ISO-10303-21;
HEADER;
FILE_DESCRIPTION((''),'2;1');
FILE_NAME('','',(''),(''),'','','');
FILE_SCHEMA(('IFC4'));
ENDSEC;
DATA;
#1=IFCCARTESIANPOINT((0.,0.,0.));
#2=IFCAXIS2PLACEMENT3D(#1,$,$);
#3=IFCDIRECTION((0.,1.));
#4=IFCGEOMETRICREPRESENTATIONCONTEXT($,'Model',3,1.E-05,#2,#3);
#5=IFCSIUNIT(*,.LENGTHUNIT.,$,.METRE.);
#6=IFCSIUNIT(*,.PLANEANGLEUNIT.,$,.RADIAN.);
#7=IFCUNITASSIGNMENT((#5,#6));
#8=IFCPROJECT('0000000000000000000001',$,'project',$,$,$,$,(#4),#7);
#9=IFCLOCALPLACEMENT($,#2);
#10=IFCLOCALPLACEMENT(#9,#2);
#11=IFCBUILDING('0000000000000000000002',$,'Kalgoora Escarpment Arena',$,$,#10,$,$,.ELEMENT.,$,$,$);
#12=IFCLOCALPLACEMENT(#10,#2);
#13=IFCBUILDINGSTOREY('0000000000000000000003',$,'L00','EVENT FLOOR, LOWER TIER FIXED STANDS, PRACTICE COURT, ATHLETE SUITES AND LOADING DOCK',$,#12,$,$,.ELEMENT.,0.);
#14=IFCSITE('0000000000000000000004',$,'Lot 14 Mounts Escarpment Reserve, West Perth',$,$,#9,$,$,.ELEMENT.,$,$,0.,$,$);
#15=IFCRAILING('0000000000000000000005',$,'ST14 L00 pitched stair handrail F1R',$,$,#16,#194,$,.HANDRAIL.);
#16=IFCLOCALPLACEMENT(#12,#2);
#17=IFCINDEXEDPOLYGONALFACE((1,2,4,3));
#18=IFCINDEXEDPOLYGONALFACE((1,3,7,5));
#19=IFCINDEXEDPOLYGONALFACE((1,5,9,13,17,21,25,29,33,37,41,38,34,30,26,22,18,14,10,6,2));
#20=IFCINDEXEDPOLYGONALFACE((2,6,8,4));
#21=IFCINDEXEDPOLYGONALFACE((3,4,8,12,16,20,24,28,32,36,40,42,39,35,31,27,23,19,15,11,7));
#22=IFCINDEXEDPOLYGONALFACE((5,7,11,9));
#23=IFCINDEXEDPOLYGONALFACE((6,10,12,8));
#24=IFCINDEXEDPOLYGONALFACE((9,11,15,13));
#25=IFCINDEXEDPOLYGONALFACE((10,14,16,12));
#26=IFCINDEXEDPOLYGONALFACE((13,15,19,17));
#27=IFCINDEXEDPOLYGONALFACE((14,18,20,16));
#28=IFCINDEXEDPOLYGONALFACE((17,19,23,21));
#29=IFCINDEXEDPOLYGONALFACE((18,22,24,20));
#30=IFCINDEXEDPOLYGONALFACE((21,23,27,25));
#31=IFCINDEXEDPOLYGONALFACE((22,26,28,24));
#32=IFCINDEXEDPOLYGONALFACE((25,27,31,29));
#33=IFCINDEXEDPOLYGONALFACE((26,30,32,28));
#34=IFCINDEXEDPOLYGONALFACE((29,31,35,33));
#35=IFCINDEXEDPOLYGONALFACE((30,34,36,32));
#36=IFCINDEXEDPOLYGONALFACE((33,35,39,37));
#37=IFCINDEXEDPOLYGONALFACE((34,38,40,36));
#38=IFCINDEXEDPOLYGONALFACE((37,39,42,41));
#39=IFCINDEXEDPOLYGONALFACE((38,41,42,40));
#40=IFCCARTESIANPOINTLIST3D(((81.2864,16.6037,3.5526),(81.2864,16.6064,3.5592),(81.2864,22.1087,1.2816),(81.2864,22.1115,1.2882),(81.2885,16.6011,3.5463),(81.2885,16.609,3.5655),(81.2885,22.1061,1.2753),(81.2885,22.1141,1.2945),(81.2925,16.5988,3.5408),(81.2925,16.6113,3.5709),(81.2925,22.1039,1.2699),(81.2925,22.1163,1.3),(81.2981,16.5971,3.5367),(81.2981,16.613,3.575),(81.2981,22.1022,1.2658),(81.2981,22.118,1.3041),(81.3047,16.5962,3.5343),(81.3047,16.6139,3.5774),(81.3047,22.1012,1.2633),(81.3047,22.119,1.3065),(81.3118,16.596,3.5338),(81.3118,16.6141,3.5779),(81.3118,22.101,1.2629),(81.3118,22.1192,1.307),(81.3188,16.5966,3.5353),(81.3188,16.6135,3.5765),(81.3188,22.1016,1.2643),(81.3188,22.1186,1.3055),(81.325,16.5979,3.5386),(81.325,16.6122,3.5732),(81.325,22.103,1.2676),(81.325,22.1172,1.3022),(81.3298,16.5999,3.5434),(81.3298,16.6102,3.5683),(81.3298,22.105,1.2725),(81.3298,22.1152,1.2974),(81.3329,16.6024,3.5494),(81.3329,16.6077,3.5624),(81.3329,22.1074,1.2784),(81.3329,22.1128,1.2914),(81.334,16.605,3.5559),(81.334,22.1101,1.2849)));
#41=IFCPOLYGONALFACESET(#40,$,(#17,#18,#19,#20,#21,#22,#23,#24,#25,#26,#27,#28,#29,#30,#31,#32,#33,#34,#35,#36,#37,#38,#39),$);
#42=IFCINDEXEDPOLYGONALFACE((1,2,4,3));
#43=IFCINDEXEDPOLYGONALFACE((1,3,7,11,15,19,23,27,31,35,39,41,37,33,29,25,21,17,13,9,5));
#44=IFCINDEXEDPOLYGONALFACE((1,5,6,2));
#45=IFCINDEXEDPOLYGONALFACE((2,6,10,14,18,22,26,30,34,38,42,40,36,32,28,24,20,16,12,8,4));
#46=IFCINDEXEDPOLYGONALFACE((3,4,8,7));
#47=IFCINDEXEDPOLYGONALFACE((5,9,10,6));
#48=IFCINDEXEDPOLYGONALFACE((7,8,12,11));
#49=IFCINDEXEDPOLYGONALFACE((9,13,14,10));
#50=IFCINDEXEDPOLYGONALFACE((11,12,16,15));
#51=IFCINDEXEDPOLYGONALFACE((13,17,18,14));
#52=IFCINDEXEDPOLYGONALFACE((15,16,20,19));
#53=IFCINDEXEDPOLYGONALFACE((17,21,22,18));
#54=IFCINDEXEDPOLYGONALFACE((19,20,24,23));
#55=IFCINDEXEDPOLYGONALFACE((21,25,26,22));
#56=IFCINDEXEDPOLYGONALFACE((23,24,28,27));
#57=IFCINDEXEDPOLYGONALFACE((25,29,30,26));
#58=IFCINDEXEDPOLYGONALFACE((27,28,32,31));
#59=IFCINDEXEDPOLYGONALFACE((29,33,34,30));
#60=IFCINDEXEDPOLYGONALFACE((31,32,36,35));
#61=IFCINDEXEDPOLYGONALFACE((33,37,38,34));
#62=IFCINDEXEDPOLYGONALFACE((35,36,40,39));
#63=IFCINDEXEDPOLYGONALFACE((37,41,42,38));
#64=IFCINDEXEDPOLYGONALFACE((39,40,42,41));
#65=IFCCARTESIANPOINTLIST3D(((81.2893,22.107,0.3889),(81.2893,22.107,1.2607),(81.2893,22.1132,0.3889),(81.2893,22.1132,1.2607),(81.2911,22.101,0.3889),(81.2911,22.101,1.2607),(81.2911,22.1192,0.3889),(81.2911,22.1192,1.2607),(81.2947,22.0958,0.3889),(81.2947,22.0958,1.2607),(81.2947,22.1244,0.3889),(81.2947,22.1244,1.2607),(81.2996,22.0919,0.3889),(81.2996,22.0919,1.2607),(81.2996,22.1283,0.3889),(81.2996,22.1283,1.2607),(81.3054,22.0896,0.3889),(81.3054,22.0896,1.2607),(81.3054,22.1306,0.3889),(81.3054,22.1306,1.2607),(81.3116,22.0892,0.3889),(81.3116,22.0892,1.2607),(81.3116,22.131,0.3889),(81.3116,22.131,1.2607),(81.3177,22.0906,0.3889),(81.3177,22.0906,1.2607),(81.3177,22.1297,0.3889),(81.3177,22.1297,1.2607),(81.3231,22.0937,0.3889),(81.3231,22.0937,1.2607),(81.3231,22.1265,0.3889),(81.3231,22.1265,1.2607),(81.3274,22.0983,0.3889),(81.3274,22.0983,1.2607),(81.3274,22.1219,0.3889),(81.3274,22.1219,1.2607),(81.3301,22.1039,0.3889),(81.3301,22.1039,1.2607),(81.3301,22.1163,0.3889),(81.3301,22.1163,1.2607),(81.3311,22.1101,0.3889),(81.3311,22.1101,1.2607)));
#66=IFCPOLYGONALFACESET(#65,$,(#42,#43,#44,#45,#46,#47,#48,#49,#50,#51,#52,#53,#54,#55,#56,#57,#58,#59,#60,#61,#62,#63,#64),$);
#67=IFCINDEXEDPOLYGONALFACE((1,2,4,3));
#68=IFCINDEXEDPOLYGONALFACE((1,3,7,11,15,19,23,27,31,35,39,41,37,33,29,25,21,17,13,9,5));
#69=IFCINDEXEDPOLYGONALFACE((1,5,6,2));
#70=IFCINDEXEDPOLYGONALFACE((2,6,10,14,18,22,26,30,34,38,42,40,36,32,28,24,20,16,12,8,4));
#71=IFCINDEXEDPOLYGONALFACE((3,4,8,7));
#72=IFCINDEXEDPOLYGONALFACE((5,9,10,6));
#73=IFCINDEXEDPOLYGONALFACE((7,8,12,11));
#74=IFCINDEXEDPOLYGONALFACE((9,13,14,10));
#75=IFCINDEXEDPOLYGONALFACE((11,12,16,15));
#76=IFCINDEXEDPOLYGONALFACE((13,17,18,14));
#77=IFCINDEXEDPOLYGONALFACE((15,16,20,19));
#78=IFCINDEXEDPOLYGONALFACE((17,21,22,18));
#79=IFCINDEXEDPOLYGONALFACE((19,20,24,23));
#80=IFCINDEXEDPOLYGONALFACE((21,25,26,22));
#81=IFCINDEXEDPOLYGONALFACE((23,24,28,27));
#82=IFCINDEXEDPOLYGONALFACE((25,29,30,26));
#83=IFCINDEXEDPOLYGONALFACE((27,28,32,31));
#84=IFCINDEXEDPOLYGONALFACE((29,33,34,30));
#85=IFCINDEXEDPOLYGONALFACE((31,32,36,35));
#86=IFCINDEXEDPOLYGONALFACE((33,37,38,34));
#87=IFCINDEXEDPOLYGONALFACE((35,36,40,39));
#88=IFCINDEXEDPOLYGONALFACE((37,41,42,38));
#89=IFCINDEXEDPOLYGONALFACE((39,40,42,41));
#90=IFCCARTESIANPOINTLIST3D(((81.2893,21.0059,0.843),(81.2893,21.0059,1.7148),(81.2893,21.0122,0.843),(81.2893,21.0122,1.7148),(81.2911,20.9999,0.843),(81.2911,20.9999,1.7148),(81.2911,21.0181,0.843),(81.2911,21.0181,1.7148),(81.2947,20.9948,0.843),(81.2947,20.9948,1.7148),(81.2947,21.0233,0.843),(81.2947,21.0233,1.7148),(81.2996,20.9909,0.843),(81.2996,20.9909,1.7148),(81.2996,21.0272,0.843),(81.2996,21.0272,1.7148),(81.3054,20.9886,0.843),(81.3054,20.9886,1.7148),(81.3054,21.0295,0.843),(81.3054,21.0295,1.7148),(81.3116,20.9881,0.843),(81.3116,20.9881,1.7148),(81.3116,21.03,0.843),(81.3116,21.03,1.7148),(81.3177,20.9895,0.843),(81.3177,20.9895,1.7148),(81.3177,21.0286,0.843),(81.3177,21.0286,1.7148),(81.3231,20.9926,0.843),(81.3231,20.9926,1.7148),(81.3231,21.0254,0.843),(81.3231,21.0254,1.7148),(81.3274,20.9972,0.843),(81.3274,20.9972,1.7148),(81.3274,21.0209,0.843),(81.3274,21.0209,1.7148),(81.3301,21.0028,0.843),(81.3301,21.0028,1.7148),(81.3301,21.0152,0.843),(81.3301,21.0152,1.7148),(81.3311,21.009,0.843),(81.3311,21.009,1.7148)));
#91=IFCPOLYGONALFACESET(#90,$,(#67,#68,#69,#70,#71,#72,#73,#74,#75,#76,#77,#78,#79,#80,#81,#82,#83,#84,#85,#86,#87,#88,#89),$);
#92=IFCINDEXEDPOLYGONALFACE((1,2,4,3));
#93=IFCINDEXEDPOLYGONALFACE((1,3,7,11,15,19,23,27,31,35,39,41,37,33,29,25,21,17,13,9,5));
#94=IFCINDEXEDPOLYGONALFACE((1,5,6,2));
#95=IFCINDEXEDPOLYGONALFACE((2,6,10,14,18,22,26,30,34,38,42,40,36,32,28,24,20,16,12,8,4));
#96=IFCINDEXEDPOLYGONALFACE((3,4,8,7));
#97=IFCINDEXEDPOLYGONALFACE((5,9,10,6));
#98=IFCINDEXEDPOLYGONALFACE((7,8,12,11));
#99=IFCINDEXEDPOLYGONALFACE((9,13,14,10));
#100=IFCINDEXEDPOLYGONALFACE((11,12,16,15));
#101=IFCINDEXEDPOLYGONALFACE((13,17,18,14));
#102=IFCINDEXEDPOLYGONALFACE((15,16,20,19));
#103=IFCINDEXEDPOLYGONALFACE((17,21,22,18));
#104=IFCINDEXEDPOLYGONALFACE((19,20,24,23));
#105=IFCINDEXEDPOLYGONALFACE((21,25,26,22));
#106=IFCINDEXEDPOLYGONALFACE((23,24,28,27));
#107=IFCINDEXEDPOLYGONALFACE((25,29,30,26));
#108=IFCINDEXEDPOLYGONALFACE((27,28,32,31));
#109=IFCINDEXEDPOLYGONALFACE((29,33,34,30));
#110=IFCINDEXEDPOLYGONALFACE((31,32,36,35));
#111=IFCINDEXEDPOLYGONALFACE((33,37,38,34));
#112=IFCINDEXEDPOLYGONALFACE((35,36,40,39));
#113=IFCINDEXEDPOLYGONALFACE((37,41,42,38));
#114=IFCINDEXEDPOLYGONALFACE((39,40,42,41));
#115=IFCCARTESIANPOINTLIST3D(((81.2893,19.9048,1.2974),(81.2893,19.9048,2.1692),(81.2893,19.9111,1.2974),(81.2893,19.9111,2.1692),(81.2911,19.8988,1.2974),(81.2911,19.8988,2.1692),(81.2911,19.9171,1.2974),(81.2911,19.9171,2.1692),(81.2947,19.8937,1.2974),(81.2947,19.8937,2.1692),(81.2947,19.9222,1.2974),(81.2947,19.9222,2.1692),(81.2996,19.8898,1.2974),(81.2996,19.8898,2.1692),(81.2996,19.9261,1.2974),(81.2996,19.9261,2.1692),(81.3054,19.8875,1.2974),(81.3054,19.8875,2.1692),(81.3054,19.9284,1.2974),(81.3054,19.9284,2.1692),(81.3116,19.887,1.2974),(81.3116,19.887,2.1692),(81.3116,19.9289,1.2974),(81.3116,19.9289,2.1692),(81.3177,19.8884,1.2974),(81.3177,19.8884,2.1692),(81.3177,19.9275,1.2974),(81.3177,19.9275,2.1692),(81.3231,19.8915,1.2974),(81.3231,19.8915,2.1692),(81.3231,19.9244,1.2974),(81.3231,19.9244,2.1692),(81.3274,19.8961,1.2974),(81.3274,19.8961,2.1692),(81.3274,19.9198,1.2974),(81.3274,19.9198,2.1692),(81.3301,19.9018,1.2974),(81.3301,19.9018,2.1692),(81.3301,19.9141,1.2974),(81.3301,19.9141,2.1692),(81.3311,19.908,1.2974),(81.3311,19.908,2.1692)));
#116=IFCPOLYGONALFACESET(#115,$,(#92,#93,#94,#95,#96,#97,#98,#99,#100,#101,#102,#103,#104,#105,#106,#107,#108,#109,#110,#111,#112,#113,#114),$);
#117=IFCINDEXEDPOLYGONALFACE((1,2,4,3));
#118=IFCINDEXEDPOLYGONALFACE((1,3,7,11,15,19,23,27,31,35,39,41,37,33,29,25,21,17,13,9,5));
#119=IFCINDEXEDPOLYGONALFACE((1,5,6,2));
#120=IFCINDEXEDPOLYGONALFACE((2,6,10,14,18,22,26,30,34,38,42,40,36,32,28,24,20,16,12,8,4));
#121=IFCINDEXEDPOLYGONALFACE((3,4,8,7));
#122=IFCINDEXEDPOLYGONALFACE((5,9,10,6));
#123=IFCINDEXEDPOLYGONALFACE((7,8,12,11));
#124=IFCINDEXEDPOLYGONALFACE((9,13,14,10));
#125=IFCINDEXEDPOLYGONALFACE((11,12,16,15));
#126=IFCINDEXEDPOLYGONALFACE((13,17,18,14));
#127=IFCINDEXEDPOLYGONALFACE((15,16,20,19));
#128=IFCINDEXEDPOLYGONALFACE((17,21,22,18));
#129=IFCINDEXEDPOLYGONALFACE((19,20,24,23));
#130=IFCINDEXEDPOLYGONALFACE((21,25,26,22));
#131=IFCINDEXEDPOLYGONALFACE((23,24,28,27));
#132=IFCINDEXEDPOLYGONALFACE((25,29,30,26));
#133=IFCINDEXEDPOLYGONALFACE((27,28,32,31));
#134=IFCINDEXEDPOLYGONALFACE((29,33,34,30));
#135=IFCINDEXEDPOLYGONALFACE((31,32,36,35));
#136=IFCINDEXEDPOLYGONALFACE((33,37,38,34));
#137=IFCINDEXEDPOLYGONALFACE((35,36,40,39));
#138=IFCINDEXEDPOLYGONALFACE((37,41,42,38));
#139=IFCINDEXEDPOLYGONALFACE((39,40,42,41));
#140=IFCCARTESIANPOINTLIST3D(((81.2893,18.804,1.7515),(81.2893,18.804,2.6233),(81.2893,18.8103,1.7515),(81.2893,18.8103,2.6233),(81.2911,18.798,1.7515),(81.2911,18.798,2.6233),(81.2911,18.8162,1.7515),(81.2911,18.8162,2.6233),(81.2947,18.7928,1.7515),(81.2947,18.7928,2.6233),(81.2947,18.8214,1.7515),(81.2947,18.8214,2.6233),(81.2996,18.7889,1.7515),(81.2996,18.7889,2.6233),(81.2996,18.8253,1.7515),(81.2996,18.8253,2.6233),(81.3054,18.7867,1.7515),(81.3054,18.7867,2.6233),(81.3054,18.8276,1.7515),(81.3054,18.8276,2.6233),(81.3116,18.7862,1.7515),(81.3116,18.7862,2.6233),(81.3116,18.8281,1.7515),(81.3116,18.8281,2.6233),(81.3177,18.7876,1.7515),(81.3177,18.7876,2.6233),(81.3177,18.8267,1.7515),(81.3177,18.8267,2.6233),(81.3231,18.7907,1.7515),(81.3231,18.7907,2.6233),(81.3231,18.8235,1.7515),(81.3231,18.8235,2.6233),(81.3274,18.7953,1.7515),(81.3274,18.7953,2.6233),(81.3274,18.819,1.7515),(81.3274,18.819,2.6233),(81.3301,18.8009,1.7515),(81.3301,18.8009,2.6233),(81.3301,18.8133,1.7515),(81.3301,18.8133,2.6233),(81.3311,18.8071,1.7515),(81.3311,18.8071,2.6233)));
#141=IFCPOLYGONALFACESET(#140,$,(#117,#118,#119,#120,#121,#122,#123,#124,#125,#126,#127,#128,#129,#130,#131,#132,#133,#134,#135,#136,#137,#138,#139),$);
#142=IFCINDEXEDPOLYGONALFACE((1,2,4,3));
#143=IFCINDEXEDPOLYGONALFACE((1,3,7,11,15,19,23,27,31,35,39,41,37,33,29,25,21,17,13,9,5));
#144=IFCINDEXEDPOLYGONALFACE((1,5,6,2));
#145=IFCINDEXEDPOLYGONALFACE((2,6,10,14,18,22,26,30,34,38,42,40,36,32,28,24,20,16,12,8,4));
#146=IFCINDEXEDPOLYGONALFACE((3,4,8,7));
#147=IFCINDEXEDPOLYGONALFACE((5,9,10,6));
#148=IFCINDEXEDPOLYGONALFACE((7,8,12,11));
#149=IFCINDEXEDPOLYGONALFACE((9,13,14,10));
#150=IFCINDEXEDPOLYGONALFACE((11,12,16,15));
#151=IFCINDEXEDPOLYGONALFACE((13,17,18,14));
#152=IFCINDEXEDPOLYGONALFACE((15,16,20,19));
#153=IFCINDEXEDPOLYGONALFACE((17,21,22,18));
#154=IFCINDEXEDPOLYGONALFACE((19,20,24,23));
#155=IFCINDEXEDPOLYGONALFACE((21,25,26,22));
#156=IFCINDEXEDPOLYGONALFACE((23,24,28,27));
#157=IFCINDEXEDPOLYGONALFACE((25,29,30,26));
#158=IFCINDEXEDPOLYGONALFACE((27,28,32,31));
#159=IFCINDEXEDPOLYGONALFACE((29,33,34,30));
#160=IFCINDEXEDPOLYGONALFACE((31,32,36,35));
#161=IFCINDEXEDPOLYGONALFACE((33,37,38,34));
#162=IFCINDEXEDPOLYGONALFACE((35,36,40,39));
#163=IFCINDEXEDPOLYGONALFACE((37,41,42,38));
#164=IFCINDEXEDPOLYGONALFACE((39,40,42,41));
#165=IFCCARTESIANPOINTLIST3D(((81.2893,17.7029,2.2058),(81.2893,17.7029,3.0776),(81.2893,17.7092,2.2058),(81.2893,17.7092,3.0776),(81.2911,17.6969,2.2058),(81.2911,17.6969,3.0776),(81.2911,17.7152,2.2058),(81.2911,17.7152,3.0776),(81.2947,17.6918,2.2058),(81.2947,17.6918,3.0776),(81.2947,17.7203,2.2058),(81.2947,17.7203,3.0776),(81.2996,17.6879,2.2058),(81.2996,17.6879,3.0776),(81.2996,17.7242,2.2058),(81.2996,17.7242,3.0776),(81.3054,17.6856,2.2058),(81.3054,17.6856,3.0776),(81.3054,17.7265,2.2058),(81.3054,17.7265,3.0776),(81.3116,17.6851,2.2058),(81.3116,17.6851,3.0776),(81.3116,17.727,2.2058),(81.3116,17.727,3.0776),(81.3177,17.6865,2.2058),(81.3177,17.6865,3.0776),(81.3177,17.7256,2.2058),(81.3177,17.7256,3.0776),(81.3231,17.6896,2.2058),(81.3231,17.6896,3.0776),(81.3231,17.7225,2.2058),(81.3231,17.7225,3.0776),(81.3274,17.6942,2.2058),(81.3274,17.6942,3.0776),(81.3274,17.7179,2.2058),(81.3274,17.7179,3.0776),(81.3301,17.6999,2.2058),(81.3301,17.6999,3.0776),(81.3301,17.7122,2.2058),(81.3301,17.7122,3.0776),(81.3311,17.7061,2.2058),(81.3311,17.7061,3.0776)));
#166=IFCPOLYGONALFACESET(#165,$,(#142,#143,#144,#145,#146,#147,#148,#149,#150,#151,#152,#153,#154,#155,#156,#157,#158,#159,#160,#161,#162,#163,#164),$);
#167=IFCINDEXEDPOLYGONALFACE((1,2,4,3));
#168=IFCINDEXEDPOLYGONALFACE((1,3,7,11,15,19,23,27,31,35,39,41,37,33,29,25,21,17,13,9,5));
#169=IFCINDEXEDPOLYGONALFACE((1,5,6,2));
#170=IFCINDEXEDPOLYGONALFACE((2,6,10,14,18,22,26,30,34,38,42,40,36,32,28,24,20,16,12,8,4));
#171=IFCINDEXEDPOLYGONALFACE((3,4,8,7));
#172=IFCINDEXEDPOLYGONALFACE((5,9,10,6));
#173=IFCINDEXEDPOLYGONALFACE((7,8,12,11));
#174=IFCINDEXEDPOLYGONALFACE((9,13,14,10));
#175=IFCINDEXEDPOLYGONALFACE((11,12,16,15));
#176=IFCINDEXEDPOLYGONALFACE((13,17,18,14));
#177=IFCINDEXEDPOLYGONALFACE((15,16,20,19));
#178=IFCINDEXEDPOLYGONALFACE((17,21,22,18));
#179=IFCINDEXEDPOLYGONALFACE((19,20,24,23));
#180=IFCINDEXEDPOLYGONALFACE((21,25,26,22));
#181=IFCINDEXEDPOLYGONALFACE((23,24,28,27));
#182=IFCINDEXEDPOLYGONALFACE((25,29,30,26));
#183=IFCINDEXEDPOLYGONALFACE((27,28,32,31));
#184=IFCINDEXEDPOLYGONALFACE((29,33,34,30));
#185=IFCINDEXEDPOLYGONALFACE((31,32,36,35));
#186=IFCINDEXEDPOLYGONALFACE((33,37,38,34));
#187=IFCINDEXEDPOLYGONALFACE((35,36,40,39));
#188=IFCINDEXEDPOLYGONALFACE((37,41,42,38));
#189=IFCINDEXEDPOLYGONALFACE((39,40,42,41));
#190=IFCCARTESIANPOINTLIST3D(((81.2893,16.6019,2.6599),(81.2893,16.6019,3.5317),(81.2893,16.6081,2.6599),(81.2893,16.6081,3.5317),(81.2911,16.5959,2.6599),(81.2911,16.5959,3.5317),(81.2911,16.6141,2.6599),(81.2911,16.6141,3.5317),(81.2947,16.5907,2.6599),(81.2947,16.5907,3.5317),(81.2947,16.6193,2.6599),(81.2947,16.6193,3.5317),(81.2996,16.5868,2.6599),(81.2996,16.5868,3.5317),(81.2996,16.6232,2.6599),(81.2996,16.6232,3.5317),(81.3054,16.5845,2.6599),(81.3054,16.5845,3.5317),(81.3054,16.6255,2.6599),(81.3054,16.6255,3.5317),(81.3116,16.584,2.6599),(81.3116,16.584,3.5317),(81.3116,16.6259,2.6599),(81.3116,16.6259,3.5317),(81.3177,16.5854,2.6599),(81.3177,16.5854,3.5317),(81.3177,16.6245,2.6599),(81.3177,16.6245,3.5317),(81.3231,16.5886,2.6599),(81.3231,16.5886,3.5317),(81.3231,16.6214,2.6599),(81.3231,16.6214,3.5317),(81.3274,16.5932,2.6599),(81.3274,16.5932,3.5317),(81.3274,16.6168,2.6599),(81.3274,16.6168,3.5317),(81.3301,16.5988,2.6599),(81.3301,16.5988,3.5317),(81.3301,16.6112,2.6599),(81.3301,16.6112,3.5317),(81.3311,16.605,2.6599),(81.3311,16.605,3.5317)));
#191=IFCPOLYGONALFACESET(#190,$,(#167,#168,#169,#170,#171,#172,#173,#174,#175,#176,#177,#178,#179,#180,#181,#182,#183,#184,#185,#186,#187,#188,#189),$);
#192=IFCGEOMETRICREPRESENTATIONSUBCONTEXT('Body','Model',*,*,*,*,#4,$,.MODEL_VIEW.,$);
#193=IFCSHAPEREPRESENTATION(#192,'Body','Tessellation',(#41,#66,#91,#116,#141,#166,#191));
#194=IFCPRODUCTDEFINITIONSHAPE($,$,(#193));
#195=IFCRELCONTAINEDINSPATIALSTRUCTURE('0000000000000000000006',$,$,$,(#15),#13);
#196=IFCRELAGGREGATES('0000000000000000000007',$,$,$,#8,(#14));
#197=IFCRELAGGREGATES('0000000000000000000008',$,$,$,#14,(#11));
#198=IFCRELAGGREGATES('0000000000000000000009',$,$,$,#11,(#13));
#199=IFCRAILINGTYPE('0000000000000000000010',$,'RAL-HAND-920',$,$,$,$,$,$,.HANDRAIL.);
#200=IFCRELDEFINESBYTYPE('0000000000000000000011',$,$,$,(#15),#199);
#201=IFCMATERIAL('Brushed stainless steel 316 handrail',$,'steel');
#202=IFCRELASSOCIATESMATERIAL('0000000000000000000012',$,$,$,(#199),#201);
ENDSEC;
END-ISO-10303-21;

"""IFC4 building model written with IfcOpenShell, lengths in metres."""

from ifc_helpers import new_model, si_unit, direction, frame, origin, origin_2d, place, context, subcontext, project, spatial, circle, extrude, material, type_object, element, save


model = new_model("IFC4")

# Units and contexts
model_context = context("Model", 3, precision=1e-05, world=origin(), true_north=direction((0.0, 1.0)))
body_context = subcontext(model_context, "Body", "Model", "MODEL_VIEW")
ifc_project = project(units=[si_unit("LENGTHUNIT", "METRE"), si_unit("PLANEANGLEUNIT", "RADIAN")], contexts=[model_context])

# Site, building, storey
site_placement = place(None, origin())
site = spatial("IfcSite", under=ifc_project, at=site_placement, Name="Lot 14 Mounts Escarpment Reserve, West Perth", CompositionType="ELEMENT", RefElevation=0.0)
building_placement = place(site_placement, origin())
building = spatial("IfcBuilding", under=site, at=building_placement, Name="Kalgoora Escarpment Arena", CompositionType="ELEMENT")
storey_placement = place(building_placement, origin())
storey = spatial("IfcBuildingStorey", under=building, at=storey_placement, Name="L00", Description="EVENT FLOOR, LOWER TIER FIXED STANDS, PRACTICE COURT, ATHLETE SUITES AND LOADING DOCK", CompositionType="ELEMENT", Elevation=0.0)

# Railing
ifc_material_1 = material(Name="Brushed stainless steel 316 handrail", Category="steel")
railing_type_1 = type_object("IfcRailingType", Name="RAL-HAND-920", PredefinedType="HANDRAIL", material=ifc_material_1)
for number, where, name in (
    (1, (81.3101, 22.1101, 0.3889), "ST14 L00 pitched stair handrail F1R"),
):
    element("IfcRailing", number, at=place(storey_placement, frame(where)), inside=storey, type_object=railing_type_1, Name=name, PredefinedType="HANDRAIL", context=body_context, shape_type="SweptSolid", body=[
        extrude(circle(Radius=0.0239, at=origin_2d()), frame((0.0, 0.0, 0.896), z_axis=(0.0, -0.924431, 0.38135), x_axis=(1.0, 0.0, 0.0)), (0.0, 0.0, 1.0), 5.9551),
        extrude(circle(Radius=0.021, at=origin_2d()), origin(), (0.0, 0.0, 1.0), 0.8718),
        extrude(circle(Radius=0.021, at=origin_2d()), frame((0.0, -1.1011, 0.4541)), (0.0, 0.0, 1.0), 0.8718),
        extrude(circle(Radius=0.021, at=origin_2d()), frame((0.0, -2.2021, 0.9084)), (0.0, 0.0, 1.0), 0.8718),
        extrude(circle(Radius=0.021, at=origin_2d()), frame((0.0, -3.303, 1.3625)), (0.0, 0.0, 1.0), 0.8718),
        extrude(circle(Radius=0.021, at=origin_2d()), frame((0.0, -4.4041, 1.8169)), (0.0, 0.0, 1.0), 0.8718),
        extrude(circle(Radius=0.021, at=origin_2d()), frame((0.0, -5.5051, 2.271)), (0.0, 0.0, 1.0), 0.8718),
    ])

save(model, "model.ifc")
